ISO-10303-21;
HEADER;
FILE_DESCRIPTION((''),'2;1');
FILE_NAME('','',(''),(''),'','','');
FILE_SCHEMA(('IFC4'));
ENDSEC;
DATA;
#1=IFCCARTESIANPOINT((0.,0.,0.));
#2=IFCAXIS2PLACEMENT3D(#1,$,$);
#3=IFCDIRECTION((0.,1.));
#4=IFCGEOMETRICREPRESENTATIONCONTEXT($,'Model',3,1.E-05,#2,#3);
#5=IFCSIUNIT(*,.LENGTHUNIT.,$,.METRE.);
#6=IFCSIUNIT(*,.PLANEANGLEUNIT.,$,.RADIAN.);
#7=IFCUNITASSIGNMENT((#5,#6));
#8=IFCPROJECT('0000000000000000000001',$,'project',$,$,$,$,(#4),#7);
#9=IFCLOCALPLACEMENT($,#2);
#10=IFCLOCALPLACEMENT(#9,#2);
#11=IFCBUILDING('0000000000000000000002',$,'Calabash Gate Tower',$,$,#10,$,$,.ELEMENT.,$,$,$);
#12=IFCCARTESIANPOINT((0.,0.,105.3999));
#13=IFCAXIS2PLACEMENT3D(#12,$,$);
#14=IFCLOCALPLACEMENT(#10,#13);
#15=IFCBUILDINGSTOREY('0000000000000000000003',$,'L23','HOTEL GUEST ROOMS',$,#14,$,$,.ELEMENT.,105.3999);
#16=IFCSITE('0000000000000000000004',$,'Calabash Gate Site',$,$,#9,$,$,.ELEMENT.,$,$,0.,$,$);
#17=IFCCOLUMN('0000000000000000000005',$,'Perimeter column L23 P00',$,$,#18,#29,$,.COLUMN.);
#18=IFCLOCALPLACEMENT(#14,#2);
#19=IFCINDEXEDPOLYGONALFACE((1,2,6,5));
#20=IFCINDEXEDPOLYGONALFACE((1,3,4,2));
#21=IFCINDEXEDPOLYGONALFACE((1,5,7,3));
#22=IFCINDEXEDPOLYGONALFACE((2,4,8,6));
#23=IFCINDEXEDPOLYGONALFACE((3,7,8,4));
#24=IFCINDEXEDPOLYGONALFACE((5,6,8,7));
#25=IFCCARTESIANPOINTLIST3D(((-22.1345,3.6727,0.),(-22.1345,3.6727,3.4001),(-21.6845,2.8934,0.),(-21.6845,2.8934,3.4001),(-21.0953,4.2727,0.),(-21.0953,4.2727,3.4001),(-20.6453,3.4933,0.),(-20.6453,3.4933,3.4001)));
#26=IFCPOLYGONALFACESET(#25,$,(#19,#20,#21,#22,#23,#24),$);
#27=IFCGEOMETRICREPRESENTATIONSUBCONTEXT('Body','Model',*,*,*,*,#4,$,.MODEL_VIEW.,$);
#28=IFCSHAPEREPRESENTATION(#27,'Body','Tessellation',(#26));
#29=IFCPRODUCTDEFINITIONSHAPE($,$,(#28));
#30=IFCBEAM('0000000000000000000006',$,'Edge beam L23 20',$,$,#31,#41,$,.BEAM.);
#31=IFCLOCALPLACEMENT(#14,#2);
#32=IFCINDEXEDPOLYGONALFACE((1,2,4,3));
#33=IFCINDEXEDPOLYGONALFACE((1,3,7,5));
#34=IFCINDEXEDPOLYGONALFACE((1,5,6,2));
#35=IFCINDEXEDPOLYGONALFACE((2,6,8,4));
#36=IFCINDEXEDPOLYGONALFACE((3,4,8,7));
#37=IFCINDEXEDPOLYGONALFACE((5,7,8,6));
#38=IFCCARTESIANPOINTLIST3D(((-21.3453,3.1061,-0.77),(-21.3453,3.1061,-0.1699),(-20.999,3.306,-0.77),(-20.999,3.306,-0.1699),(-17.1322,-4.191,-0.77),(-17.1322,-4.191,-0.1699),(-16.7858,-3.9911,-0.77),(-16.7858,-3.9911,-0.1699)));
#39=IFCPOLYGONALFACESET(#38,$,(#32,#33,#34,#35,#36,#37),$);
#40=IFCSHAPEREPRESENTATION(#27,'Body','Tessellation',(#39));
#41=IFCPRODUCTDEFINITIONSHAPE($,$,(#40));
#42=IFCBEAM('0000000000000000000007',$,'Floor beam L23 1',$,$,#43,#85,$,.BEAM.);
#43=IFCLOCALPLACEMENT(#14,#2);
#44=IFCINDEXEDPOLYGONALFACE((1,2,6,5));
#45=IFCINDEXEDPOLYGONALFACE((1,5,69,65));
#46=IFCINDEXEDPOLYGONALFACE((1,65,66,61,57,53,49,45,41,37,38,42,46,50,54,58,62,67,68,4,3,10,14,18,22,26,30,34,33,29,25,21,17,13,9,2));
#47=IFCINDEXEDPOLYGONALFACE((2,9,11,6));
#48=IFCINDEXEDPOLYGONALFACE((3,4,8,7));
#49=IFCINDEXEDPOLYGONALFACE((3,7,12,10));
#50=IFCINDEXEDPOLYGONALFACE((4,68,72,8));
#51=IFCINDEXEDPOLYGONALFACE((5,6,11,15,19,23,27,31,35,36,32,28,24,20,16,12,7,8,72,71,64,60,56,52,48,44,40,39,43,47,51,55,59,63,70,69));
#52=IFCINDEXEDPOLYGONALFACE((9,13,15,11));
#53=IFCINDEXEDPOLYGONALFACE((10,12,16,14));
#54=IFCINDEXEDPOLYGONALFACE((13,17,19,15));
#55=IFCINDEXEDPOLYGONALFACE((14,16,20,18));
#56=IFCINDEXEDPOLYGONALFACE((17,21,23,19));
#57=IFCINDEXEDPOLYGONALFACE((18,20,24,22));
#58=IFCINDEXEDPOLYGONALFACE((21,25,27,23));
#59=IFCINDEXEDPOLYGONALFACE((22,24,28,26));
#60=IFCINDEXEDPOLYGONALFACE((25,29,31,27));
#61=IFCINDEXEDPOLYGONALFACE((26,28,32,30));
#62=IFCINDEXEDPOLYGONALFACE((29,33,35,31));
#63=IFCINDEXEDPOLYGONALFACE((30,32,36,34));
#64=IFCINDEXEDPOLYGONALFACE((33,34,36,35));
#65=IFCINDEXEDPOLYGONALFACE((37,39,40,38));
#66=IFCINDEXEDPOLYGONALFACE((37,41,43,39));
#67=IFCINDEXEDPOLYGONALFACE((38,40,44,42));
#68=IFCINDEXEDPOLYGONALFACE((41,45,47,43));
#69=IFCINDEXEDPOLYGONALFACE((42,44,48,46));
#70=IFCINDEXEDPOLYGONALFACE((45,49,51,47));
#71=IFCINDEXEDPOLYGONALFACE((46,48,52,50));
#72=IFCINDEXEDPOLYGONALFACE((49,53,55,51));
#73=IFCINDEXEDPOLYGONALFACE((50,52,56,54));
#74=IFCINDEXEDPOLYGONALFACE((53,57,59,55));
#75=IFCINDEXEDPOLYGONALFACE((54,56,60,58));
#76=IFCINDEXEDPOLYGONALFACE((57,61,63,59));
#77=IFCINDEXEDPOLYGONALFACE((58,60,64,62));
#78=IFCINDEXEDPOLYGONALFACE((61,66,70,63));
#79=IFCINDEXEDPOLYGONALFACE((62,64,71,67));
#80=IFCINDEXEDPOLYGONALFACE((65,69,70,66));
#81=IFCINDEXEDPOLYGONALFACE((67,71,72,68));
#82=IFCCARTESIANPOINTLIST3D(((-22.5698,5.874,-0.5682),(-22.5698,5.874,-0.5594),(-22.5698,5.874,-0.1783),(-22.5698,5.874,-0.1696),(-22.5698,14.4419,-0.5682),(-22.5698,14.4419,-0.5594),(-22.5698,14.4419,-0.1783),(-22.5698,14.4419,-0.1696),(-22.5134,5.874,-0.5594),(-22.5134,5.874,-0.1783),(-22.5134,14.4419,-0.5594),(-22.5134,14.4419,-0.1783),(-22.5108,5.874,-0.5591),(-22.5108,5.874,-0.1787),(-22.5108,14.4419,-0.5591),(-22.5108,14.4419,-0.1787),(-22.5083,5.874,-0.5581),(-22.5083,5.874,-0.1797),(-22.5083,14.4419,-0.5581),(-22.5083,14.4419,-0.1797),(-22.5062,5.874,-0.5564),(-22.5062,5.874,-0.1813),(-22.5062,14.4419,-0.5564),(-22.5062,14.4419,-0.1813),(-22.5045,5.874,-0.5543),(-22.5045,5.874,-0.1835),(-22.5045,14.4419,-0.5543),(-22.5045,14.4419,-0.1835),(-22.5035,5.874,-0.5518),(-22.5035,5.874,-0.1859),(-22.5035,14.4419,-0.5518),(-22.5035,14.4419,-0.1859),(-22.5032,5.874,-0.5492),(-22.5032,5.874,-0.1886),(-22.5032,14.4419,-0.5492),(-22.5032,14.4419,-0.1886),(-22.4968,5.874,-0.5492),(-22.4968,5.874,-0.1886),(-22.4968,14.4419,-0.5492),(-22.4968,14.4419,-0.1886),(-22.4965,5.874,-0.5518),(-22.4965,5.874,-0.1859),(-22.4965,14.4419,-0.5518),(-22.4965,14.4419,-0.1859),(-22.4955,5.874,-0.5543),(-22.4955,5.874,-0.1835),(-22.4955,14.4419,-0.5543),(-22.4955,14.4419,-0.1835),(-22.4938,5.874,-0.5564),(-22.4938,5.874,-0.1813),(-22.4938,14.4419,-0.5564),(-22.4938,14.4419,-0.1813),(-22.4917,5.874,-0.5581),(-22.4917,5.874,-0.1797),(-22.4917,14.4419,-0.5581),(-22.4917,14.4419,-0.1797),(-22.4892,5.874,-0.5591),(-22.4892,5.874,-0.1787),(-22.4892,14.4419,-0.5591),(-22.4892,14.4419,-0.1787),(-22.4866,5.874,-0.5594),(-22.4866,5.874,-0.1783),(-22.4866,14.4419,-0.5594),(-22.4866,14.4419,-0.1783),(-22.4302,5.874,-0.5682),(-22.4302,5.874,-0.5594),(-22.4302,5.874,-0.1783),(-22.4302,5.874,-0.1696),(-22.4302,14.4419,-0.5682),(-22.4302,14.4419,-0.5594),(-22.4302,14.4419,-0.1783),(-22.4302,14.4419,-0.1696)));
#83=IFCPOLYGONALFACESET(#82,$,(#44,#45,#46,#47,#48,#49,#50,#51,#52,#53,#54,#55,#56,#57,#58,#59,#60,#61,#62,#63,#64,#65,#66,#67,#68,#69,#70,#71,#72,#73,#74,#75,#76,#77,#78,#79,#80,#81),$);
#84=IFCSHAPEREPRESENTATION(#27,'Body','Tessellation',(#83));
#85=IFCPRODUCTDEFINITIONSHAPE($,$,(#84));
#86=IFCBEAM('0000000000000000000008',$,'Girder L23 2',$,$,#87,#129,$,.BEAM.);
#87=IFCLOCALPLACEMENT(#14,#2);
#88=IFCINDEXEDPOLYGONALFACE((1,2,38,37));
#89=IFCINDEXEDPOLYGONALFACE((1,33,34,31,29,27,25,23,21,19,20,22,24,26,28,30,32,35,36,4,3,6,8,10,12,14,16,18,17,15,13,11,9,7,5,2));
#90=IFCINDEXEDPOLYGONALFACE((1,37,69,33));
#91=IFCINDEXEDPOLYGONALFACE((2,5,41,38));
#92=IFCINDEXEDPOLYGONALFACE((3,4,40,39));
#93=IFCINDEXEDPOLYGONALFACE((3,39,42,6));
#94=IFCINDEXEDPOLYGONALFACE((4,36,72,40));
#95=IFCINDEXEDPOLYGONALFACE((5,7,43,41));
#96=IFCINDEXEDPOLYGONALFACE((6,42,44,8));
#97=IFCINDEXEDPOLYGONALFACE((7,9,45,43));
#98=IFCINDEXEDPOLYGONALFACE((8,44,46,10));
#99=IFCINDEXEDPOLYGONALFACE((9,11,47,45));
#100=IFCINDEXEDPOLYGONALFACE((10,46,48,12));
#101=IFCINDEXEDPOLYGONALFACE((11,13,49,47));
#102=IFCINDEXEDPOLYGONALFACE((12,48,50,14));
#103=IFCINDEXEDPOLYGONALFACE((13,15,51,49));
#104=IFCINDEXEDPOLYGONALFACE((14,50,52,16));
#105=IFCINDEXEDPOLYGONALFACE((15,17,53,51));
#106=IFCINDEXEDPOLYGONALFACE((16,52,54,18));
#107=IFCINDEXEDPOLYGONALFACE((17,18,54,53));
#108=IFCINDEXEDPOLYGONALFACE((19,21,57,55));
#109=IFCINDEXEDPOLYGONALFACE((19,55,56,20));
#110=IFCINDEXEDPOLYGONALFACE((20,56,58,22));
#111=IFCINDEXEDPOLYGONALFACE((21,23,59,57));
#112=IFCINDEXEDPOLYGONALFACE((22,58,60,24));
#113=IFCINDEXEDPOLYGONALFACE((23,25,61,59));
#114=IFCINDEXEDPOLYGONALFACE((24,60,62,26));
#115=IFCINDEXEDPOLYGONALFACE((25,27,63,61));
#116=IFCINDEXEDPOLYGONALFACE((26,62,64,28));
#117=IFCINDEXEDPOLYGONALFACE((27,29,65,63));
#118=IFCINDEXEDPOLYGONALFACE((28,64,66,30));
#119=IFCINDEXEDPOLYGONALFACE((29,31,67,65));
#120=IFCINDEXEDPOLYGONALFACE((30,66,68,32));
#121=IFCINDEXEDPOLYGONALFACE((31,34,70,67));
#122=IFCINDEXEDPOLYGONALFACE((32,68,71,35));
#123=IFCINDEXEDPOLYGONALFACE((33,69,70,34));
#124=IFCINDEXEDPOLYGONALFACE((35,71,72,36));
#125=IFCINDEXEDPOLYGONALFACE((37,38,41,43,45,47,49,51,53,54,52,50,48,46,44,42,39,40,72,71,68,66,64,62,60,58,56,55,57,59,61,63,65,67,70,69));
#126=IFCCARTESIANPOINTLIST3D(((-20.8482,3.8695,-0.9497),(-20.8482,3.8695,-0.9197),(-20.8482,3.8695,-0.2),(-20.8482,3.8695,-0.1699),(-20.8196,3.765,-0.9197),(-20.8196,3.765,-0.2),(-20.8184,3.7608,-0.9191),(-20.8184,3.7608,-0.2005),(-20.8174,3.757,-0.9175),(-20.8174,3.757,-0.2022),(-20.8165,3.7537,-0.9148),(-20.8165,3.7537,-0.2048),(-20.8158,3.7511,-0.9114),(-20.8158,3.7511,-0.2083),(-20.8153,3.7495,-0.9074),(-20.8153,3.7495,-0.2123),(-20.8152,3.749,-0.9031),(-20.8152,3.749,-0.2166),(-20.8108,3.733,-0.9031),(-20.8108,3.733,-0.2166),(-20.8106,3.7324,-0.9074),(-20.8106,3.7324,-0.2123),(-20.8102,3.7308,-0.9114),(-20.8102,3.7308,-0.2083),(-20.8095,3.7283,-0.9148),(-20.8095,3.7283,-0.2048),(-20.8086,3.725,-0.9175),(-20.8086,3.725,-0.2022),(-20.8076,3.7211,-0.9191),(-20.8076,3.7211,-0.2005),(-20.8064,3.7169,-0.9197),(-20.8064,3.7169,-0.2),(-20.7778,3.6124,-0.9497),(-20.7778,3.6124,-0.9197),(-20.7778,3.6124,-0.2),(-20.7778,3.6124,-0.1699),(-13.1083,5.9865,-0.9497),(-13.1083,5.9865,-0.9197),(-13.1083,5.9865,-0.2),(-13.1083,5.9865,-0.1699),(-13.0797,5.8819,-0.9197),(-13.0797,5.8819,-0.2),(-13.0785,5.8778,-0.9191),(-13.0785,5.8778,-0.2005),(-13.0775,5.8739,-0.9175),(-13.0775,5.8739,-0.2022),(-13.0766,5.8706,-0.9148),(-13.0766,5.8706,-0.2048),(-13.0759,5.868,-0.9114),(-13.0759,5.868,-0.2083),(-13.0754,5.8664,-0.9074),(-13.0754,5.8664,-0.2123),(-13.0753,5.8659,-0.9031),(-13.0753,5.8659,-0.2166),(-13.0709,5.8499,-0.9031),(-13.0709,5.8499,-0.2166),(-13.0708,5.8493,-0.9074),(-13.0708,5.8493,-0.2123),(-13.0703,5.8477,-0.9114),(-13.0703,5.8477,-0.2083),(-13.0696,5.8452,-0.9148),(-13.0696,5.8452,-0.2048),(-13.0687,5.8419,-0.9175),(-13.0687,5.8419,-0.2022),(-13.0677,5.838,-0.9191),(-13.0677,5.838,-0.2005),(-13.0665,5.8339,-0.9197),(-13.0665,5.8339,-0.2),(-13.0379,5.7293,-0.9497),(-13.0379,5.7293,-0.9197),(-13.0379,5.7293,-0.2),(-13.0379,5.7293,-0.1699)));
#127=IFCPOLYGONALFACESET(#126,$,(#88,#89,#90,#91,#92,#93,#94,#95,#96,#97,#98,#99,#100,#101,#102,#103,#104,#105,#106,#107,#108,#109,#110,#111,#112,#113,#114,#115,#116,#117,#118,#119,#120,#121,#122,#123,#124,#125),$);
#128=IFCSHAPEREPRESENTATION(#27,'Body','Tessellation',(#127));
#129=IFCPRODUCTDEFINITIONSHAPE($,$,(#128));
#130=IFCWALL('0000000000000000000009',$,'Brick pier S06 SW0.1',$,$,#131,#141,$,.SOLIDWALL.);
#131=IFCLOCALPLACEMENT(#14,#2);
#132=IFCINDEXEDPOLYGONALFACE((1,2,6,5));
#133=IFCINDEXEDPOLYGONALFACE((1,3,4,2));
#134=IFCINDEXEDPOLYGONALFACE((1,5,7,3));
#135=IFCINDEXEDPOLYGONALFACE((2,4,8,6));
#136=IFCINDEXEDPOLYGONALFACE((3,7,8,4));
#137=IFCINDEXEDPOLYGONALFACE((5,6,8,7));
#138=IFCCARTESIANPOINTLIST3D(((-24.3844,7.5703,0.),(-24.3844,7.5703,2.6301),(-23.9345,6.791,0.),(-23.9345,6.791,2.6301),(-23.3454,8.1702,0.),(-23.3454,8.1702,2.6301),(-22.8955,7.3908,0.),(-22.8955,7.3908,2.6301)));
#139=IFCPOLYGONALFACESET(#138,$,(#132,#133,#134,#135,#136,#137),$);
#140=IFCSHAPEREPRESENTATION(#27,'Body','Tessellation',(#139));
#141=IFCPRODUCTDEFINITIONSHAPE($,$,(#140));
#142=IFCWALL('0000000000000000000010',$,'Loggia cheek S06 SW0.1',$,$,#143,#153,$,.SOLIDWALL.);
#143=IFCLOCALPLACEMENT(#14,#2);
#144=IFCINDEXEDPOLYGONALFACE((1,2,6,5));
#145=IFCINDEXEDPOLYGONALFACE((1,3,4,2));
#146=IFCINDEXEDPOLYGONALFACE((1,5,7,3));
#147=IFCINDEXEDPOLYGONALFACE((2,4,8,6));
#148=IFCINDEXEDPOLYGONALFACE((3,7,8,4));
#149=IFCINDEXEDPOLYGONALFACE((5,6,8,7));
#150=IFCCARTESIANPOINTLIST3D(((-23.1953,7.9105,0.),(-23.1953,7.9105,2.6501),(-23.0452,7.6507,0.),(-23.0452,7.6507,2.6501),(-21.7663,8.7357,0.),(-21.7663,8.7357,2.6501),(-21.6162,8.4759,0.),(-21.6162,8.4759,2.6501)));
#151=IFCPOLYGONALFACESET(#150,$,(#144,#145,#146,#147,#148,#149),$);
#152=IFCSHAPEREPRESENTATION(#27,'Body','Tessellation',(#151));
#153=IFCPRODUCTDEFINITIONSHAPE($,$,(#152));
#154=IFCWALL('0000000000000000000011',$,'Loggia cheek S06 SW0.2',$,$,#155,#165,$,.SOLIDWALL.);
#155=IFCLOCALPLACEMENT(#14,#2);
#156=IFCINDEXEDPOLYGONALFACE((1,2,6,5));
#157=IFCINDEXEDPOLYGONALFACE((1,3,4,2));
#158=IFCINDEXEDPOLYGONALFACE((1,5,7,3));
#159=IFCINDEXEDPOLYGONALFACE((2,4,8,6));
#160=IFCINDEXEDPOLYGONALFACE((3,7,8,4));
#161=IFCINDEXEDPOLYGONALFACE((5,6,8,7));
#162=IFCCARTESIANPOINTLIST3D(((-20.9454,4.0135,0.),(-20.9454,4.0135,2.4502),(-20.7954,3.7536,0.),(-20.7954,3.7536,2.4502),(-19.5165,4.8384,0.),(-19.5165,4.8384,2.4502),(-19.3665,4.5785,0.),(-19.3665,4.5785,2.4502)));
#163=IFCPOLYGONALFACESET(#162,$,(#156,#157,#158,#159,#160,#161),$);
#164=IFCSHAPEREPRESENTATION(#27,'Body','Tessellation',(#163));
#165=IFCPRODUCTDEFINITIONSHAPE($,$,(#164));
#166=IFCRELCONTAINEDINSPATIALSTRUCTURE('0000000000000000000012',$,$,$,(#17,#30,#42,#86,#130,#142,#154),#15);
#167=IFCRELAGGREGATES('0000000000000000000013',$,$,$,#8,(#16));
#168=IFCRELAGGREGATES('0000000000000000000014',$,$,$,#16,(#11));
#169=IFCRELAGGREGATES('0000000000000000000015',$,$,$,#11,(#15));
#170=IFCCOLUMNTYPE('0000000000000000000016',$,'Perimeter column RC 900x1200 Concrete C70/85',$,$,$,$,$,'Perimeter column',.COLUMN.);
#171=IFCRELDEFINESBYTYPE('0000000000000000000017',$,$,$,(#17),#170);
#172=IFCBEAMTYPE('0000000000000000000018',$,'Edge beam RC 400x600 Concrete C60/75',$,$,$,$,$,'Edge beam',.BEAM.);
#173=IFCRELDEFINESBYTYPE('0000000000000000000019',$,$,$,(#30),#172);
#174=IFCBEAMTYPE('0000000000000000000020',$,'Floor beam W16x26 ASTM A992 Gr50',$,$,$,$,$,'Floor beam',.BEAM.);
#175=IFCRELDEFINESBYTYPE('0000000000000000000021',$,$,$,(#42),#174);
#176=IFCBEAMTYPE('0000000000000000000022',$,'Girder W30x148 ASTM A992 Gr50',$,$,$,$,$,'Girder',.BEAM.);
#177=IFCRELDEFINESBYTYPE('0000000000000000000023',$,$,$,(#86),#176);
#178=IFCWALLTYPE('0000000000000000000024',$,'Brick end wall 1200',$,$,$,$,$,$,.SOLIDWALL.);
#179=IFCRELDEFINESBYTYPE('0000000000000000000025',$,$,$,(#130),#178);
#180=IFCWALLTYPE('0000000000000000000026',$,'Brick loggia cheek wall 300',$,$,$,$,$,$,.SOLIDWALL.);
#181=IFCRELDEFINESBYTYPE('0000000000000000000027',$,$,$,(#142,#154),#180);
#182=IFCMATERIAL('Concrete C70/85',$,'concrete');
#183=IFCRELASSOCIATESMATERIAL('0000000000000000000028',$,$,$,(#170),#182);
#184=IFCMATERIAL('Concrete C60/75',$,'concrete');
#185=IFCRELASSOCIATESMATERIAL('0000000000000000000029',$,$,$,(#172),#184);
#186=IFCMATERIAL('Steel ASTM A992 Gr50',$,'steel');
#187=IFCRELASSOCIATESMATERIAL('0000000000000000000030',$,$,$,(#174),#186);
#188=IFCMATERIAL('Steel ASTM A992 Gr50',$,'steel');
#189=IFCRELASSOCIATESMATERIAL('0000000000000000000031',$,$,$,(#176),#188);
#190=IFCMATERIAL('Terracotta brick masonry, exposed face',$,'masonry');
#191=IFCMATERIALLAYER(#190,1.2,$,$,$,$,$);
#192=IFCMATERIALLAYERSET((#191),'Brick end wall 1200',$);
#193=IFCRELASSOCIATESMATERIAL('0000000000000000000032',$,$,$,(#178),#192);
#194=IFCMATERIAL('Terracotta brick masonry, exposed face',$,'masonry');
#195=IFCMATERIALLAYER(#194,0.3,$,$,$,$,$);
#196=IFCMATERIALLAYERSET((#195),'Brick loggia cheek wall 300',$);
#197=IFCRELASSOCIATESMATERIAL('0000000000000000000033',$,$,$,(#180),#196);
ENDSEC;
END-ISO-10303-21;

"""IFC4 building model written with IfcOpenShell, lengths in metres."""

from ifc_helpers import new_model, si_unit, direction, frame, frame_2d, origin, origin_2d, place, context, subcontext, project, spatial, rectangle, i_section, extrude, material, layer, layer_set, material_profile, profile_set, type_object, element, save


model = new_model("IFC4")

# Units and contexts
model_context = context("Model", 3, precision=1e-05, world=origin(), true_north=direction((0.0, 1.0)))
body_context = subcontext(model_context, "Body", "Model", "MODEL_VIEW")
ifc_project = project(units=[si_unit("LENGTHUNIT", "METRE"), si_unit("PLANEANGLEUNIT", "RADIAN")], contexts=[model_context])

# Site, building, storey
site_placement = place(None, origin())
site = spatial("IfcSite", under=ifc_project, at=site_placement, Name="Calabash Gate Site", CompositionType="ELEMENT", RefElevation=0.0)
building_placement = place(site_placement, origin())
building = spatial("IfcBuilding", under=site, at=building_placement, Name="Calabash Gate Tower", CompositionType="ELEMENT")
storey_placement = place(building_placement, frame((0.0, 0.0, 105.3999)))
storey = spatial("IfcBuildingStorey", under=building, at=storey_placement, Name="L23", Description="HOTEL GUEST ROOMS", CompositionType="ELEMENT", Elevation=105.3999)

# Column
ifc_material_1 = material(Name="Concrete C70/85", Category="concrete")
ifc_material_profile_1 = material_profile(ifc_material_1, rectangle(XDim=0.8999, YDim=1.2, at=origin_2d()))
ifc_profile_set_1 = profile_set([ifc_material_profile_1], Name="Concrete C70/85")
column_type = type_object("IfcColumnType", Name="Perimeter column RC 900x1200 Concrete C70/85", ElementType="Perimeter column", PredefinedType="COLUMN", material=ifc_profile_set_1)
column_placement = place(storey_placement, frame((-21.3899, 3.583, 0.0), z_axis=(0.0, 0.0, 1.0), x_axis=(0.5, -0.866025, 0.0)))
element("IfcColumn", 1, at=column_placement, inside=storey, type_object=column_type, Name="Perimeter column L23 P00", PredefinedType="COLUMN", context=body_context, shape_type="SweptSolid", body=[
    extrude(rectangle(XDim=0.8999, YDim=1.2, at=origin_2d()), origin(), (0.0, 0.0, 1.0), 3.4001),
])

# Beams
ifc_material_2 = material(Name="Concrete C60/75", Category="concrete")
ifc_material_profile_2 = material_profile(ifc_material_2, rectangle(XDim=0.3999, YDim=0.6001, at=origin_2d()))
ifc_profile_set_2 = profile_set([ifc_material_profile_2], Name="Concrete C60/75")
beam_type_1 = type_object("IfcBeamType", Name="Edge beam RC 400x600 Concrete C60/75", ElementType="Edge beam", PredefinedType="BEAM", material=ifc_profile_set_2)
beam_1_placement = place(storey_placement, frame((-21.1721, 3.2061, -0.47), z_axis=(0.500013, -0.866018, 0.0), x_axis=(0.866018, 0.500013, 0.0)))
element("IfcBeam", 2, at=beam_1_placement, inside=storey, type_object=beam_type_1, Name="Edge beam L23 20", PredefinedType="BEAM", context=body_context, shape_type="SweptSolid", body=[
    extrude(rectangle(XDim=0.3999, YDim=0.6001, at=origin_2d()), origin(), (0.0, 0.0, 1.0), 8.426),
])
ifc_material_3 = material(Name="Steel ASTM A992 Gr50", Category="steel")
ifc_material_profile_3 = material_profile(ifc_material_3, i_section(OverallWidth=0.1396, OverallDepth=0.3987, WebThickness=0.0063, FlangeThickness=0.0088, FilletRadius=0.0103, at=origin_2d()))
ifc_profile_set_3 = profile_set([ifc_material_profile_3], Name="Steel ASTM A992 Gr50")
beam_type_2 = type_object("IfcBeamType", Name="Floor beam W16x26 ASTM A992 Gr50", ElementType="Floor beam", PredefinedType="BEAM", material=ifc_profile_set_3)
beam_2_placement = place(storey_placement, frame((-22.5, 5.874, -0.3689), z_axis=(0.0, 1.0, 0.0), x_axis=(-1.0, 0.0, 0.0)))
element("IfcBeam", 3, at=beam_2_placement, inside=storey, type_object=beam_type_2, Name="Floor beam L23 1", PredefinedType="BEAM", context=body_context, shape_type="SweptSolid", body=[
    extrude(i_section(OverallWidth=0.1396, OverallDepth=0.3987, WebThickness=0.0063, FlangeThickness=0.0088, FilletRadius=0.0103, at=origin_2d()), origin(), (0.0, 0.0, 1.0), 8.5679),
])
ifc_material_4 = material(Name="Steel ASTM A992 Gr50", Category="steel")
ifc_material_profile_4 = material_profile(ifc_material_4, i_section(OverallWidth=0.2666, OverallDepth=0.7798, WebThickness=0.0166, FlangeThickness=0.03, FilletRadius=0.0166, at=origin_2d()))
ifc_profile_set_4 = profile_set([ifc_material_profile_4], Name="Steel ASTM A992 Gr50")
beam_type_3 = type_object("IfcBeamType", Name="Girder W30x148 ASTM A992 Gr50", ElementType="Girder", PredefinedType="BEAM", material=ifc_profile_set_4)
beam_3_placement = place(storey_placement, frame((-20.813, 3.741, -0.5598), z_axis=(0.964573, 0.263818, 0.0), x_axis=(-0.263818, 0.964573, 0.0)))
element("IfcBeam", 4, at=beam_3_placement, inside=storey, type_object=beam_type_3, Name="Girder L23 2", PredefinedType="BEAM", context=body_context, shape_type="SweptSolid", body=[
    extrude(i_section(OverallWidth=0.2666, OverallDepth=0.7798, WebThickness=0.0166, FlangeThickness=0.03, FilletRadius=0.0166, at=origin_2d()), origin(), (0.0, 0.0, 1.0), 8.0242),
])

# Walls
ifc_material_5 = material(Name="Terracotta brick masonry, exposed face", Category="masonry")
ifc_layer_1 = layer(ifc_material_5, 1.2)
ifc_layer_set_1 = layer_set([ifc_layer_1], Name="Brick end wall 1200")
wall_type_1 = type_object("IfcWallType", Name="Brick end wall 1200", PredefinedType="SOLIDWALL", material=ifc_layer_set_1)
wall_1_placement = place(storey_placement, frame((-24.1594, 7.1807, 0.0), z_axis=(0.0, 0.0, 1.0), x_axis=(0.866043, 0.499969, 0.0)))
element("IfcWall", 5, at=wall_1_placement, inside=storey, type_object=wall_type_1, Name="Brick pier S06 SW0.1", PredefinedType="SOLIDWALL", context=body_context, shape_type="SweptSolid", body=[
    extrude(rectangle(XDim=1.1997, YDim=0.8999, at=frame_2d((0.5999, 0.0))), origin(), (0.0, 0.0, 1.0), 2.6301),
])
ifc_material_6 = material(Name="Terracotta brick masonry, exposed face", Category="masonry")
ifc_layer_2 = layer(ifc_material_6, 0.3)
ifc_layer_set_2 = layer_set([ifc_layer_2], Name="Brick loggia cheek wall 300")
wall_type_2 = type_object("IfcWallType", Name="Brick loggia cheek wall 300", PredefinedType="SOLIDWALL", material=ifc_layer_set_2)
wall_2_placement = place(storey_placement, frame((-23.1204, 7.7805, 0.0), z_axis=(0.0, 0.0, 1.0), x_axis=(0.865976, 0.500085, 0.0)))
element("IfcWall", 6, at=wall_2_placement, inside=storey, type_object=wall_type_2, Name="Loggia cheek S06 SW0.1", PredefinedType="SOLIDWALL", context=body_context, shape_type="SweptSolid", body=[
    extrude(rectangle(XDim=1.6501, YDim=0.3, at=frame_2d((0.8252, 0.0))), origin(), (0.0, 0.0, 1.0), 2.6501),
])
wall_3_placement = place(storey_placement, frame((-20.8704, 3.8835, 0.0), z_axis=(0.0, 0.0, 1.0), x_axis=(0.86604, 0.499974, 0.0)))
element("IfcWall", 7, at=wall_3_placement, inside=storey, type_object=wall_type_2, Name="Loggia cheek S06 SW0.2", PredefinedType="SOLIDWALL", context=body_context, shape_type="SweptSolid", body=[
    extrude(rectangle(XDim=1.6499, YDim=0.3, at=frame_2d((0.825, 0.0))), origin(), (0.0, 0.0, 1.0), 2.4502),
])

save(model, "model.ifc")
